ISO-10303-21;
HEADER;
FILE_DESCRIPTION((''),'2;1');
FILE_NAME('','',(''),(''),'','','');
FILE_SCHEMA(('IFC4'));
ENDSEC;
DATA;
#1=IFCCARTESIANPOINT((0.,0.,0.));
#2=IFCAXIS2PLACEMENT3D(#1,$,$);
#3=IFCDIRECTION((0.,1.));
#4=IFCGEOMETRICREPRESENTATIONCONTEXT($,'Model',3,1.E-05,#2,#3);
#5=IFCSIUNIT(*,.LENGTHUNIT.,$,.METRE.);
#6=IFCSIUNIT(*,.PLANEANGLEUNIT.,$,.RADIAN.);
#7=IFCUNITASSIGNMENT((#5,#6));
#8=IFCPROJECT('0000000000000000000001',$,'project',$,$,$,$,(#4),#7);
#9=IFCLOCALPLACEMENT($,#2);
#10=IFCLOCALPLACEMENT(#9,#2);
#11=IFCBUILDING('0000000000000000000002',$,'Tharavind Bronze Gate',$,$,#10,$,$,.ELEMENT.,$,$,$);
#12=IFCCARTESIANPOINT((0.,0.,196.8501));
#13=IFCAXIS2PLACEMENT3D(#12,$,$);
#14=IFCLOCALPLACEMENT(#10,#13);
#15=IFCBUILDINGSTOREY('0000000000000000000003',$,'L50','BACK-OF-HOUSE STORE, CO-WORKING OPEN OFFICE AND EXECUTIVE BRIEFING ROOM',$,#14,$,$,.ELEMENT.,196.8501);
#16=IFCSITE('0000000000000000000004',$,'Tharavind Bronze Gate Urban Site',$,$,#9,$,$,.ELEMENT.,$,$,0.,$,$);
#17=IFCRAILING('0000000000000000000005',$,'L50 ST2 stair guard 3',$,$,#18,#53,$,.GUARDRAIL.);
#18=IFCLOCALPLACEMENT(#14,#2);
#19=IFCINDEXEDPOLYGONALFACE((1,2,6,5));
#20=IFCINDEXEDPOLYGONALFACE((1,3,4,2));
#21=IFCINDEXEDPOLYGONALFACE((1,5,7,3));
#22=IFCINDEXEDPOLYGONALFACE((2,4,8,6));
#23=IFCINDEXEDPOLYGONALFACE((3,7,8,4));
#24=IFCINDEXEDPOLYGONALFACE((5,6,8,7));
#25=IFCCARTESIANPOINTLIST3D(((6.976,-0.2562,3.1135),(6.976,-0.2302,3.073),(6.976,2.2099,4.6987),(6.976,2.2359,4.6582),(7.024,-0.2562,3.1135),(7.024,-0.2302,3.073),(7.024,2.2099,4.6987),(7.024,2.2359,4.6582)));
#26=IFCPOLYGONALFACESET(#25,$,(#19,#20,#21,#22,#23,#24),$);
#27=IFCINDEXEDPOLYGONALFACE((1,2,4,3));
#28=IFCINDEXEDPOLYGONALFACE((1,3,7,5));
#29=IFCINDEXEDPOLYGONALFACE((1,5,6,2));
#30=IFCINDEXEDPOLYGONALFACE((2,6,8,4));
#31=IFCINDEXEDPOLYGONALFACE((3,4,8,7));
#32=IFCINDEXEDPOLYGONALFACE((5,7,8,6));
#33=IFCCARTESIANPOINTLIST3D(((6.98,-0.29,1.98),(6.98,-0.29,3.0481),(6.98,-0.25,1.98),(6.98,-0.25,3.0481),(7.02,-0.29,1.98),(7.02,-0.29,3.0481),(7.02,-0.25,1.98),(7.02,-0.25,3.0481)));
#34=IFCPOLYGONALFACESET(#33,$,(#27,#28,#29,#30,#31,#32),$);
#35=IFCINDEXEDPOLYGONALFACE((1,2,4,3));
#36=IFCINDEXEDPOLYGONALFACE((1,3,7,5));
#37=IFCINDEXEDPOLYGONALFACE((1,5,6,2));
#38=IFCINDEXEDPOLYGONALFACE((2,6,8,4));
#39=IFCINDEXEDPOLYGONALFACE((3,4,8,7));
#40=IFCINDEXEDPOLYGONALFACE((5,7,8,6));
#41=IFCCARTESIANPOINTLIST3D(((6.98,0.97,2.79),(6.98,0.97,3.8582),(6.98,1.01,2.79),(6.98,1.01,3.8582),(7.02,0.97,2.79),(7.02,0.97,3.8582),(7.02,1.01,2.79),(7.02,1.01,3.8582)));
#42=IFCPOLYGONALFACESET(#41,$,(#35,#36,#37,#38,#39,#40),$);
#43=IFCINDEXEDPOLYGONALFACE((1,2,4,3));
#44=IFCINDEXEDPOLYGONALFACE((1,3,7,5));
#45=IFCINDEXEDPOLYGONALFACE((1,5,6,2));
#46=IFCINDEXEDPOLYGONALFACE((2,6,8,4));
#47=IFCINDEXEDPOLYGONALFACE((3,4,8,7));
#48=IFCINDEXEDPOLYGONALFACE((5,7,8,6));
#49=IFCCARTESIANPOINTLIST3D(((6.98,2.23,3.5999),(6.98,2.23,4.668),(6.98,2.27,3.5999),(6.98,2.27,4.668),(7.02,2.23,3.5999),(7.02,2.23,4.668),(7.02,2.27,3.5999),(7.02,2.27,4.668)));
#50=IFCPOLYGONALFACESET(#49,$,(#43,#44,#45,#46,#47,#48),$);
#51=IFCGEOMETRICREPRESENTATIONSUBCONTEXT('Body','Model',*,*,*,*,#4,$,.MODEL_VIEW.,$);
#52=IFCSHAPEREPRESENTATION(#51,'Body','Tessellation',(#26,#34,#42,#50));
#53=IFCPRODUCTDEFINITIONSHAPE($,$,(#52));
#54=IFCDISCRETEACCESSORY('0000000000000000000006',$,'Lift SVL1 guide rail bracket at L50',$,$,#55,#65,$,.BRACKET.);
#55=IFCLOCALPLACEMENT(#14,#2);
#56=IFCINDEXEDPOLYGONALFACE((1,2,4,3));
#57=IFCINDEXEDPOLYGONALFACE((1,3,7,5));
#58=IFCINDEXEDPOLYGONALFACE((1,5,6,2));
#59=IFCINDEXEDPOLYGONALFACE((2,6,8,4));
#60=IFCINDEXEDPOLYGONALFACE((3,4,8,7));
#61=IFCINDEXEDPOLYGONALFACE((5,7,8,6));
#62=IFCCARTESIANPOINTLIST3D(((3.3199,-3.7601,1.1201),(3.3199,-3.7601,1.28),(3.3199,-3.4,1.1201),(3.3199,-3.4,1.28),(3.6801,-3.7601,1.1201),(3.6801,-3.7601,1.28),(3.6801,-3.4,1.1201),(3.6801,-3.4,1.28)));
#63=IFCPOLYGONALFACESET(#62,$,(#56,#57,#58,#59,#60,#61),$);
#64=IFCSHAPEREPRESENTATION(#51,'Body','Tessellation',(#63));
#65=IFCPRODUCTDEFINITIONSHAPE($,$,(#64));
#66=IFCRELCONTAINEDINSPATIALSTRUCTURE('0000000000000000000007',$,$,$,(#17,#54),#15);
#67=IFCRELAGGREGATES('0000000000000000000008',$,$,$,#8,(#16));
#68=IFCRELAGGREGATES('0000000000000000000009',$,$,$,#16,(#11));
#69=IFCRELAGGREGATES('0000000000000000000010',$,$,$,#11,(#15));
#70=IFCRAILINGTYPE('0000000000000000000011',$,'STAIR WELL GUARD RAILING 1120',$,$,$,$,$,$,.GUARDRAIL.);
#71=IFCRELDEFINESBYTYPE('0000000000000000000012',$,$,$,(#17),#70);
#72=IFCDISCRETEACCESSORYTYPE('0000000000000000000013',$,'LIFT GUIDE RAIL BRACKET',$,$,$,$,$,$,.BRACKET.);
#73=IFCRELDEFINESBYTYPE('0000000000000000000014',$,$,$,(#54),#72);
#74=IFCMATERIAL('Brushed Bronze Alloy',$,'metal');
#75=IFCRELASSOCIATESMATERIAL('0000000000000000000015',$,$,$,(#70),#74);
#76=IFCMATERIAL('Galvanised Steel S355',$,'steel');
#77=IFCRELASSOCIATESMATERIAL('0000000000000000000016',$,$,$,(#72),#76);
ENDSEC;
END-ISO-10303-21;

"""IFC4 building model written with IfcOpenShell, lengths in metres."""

from ifc_helpers import new_model, si_unit, direction, frame, origin, origin_2d, place, context, subcontext, project, spatial, rectangle, extrude, material, type_object, element, save


model = new_model("IFC4")

# Units and contexts
model_context = context("Model", 3, precision=1e-05, world=origin(), true_north=direction((0.0, 1.0)))
body_context = subcontext(model_context, "Body", "Model", "MODEL_VIEW")
ifc_project = project(units=[si_unit("LENGTHUNIT", "METRE"), si_unit("PLANEANGLEUNIT", "RADIAN")], contexts=[model_context])

# Site, building, storey
site_placement = place(None, origin())
site = spatial("IfcSite", under=ifc_project, at=site_placement, Name="Tharavind Bronze Gate Urban Site", CompositionType="ELEMENT", RefElevation=0.0)
building_placement = place(site_placement, origin())
building = spatial("IfcBuilding", under=site, at=building_placement, Name="Tharavind Bronze Gate", CompositionType="ELEMENT")
storey_placement = place(building_placement, frame((0.0, 0.0, 196.8501)))
storey = spatial("IfcBuildingStorey", under=building, at=storey_placement, Name="L50", Description="BACK-OF-HOUSE STORE, CO-WORKING OPEN OFFICE AND EXECUTIVE BRIEFING ROOM", CompositionType="ELEMENT", Elevation=196.8501)

# Railing
ifc_material_1 = material(Name="Brushed Bronze Alloy", Category="metal")
railing_type = type_object("IfcRailingType", Name="STAIR WELL GUARD RAILING 1120", PredefinedType="GUARDRAIL", material=ifc_material_1)
railing_1_placement = place(storey_placement, frame((7.0, -0.27, 1.98)))
element("IfcRailing", 1, at=railing_1_placement, inside=storey, type_object=railing_type, Name="L50 ST2 stair guard 3", PredefinedType="GUARDRAIL", context=body_context, shape_type="SweptSolid", body=[
    extrude(rectangle(XDim=0.0481, YDim=0.0481, at=origin_2d()), frame((0.0, 0.0269, 1.1133), z_axis=(0.0, 0.8412, 0.540725), x_axis=(-1.0, 0.0, 0.0)), (0.0, 0.0, 1.0), 2.9316),
    extrude(rectangle(XDim=0.04, YDim=0.04, at=origin_2d()), origin(), (0.0, 0.0, 1.0), 1.0681),
    extrude(rectangle(XDim=0.04, YDim=0.04, at=origin_2d()), frame((0.0, 1.26, 0.8101)), (0.0, 0.0, 1.0), 1.0681),
    extrude(rectangle(XDim=0.04, YDim=0.04, at=origin_2d()), frame((0.0, 2.52, 1.6199)), (0.0, 0.0, 1.0), 1.0681),
])

# Discrete accessory
ifc_material_2 = material(Name="Galvanised Steel S355", Category="steel")
discrete_accessory_type = type_object("IfcDiscreteAccessoryType", Name="LIFT GUIDE RAIL BRACKET", PredefinedType="BRACKET", material=ifc_material_2)
discrete_accessory_placement = place(storey_placement, frame((3.5, -3.5801, 1.1201), z_axis=(0.0, 0.0, 1.0), x_axis=(1.0, 0.0, 0.0)))
element("IfcDiscreteAccessory", 2, at=discrete_accessory_placement, inside=storey, type_object=discrete_accessory_type, Name="Lift SVL1 guide rail bracket at L50", PredefinedType="BRACKET", context=body_context, shape_type="SweptSolid", body=[
    extrude(rectangle(XDim=0.3601, YDim=0.3601, at=origin_2d()), origin(), (0.0, 0.0, 1.0), 0.1599),
])

save(model, "model.ifc")
